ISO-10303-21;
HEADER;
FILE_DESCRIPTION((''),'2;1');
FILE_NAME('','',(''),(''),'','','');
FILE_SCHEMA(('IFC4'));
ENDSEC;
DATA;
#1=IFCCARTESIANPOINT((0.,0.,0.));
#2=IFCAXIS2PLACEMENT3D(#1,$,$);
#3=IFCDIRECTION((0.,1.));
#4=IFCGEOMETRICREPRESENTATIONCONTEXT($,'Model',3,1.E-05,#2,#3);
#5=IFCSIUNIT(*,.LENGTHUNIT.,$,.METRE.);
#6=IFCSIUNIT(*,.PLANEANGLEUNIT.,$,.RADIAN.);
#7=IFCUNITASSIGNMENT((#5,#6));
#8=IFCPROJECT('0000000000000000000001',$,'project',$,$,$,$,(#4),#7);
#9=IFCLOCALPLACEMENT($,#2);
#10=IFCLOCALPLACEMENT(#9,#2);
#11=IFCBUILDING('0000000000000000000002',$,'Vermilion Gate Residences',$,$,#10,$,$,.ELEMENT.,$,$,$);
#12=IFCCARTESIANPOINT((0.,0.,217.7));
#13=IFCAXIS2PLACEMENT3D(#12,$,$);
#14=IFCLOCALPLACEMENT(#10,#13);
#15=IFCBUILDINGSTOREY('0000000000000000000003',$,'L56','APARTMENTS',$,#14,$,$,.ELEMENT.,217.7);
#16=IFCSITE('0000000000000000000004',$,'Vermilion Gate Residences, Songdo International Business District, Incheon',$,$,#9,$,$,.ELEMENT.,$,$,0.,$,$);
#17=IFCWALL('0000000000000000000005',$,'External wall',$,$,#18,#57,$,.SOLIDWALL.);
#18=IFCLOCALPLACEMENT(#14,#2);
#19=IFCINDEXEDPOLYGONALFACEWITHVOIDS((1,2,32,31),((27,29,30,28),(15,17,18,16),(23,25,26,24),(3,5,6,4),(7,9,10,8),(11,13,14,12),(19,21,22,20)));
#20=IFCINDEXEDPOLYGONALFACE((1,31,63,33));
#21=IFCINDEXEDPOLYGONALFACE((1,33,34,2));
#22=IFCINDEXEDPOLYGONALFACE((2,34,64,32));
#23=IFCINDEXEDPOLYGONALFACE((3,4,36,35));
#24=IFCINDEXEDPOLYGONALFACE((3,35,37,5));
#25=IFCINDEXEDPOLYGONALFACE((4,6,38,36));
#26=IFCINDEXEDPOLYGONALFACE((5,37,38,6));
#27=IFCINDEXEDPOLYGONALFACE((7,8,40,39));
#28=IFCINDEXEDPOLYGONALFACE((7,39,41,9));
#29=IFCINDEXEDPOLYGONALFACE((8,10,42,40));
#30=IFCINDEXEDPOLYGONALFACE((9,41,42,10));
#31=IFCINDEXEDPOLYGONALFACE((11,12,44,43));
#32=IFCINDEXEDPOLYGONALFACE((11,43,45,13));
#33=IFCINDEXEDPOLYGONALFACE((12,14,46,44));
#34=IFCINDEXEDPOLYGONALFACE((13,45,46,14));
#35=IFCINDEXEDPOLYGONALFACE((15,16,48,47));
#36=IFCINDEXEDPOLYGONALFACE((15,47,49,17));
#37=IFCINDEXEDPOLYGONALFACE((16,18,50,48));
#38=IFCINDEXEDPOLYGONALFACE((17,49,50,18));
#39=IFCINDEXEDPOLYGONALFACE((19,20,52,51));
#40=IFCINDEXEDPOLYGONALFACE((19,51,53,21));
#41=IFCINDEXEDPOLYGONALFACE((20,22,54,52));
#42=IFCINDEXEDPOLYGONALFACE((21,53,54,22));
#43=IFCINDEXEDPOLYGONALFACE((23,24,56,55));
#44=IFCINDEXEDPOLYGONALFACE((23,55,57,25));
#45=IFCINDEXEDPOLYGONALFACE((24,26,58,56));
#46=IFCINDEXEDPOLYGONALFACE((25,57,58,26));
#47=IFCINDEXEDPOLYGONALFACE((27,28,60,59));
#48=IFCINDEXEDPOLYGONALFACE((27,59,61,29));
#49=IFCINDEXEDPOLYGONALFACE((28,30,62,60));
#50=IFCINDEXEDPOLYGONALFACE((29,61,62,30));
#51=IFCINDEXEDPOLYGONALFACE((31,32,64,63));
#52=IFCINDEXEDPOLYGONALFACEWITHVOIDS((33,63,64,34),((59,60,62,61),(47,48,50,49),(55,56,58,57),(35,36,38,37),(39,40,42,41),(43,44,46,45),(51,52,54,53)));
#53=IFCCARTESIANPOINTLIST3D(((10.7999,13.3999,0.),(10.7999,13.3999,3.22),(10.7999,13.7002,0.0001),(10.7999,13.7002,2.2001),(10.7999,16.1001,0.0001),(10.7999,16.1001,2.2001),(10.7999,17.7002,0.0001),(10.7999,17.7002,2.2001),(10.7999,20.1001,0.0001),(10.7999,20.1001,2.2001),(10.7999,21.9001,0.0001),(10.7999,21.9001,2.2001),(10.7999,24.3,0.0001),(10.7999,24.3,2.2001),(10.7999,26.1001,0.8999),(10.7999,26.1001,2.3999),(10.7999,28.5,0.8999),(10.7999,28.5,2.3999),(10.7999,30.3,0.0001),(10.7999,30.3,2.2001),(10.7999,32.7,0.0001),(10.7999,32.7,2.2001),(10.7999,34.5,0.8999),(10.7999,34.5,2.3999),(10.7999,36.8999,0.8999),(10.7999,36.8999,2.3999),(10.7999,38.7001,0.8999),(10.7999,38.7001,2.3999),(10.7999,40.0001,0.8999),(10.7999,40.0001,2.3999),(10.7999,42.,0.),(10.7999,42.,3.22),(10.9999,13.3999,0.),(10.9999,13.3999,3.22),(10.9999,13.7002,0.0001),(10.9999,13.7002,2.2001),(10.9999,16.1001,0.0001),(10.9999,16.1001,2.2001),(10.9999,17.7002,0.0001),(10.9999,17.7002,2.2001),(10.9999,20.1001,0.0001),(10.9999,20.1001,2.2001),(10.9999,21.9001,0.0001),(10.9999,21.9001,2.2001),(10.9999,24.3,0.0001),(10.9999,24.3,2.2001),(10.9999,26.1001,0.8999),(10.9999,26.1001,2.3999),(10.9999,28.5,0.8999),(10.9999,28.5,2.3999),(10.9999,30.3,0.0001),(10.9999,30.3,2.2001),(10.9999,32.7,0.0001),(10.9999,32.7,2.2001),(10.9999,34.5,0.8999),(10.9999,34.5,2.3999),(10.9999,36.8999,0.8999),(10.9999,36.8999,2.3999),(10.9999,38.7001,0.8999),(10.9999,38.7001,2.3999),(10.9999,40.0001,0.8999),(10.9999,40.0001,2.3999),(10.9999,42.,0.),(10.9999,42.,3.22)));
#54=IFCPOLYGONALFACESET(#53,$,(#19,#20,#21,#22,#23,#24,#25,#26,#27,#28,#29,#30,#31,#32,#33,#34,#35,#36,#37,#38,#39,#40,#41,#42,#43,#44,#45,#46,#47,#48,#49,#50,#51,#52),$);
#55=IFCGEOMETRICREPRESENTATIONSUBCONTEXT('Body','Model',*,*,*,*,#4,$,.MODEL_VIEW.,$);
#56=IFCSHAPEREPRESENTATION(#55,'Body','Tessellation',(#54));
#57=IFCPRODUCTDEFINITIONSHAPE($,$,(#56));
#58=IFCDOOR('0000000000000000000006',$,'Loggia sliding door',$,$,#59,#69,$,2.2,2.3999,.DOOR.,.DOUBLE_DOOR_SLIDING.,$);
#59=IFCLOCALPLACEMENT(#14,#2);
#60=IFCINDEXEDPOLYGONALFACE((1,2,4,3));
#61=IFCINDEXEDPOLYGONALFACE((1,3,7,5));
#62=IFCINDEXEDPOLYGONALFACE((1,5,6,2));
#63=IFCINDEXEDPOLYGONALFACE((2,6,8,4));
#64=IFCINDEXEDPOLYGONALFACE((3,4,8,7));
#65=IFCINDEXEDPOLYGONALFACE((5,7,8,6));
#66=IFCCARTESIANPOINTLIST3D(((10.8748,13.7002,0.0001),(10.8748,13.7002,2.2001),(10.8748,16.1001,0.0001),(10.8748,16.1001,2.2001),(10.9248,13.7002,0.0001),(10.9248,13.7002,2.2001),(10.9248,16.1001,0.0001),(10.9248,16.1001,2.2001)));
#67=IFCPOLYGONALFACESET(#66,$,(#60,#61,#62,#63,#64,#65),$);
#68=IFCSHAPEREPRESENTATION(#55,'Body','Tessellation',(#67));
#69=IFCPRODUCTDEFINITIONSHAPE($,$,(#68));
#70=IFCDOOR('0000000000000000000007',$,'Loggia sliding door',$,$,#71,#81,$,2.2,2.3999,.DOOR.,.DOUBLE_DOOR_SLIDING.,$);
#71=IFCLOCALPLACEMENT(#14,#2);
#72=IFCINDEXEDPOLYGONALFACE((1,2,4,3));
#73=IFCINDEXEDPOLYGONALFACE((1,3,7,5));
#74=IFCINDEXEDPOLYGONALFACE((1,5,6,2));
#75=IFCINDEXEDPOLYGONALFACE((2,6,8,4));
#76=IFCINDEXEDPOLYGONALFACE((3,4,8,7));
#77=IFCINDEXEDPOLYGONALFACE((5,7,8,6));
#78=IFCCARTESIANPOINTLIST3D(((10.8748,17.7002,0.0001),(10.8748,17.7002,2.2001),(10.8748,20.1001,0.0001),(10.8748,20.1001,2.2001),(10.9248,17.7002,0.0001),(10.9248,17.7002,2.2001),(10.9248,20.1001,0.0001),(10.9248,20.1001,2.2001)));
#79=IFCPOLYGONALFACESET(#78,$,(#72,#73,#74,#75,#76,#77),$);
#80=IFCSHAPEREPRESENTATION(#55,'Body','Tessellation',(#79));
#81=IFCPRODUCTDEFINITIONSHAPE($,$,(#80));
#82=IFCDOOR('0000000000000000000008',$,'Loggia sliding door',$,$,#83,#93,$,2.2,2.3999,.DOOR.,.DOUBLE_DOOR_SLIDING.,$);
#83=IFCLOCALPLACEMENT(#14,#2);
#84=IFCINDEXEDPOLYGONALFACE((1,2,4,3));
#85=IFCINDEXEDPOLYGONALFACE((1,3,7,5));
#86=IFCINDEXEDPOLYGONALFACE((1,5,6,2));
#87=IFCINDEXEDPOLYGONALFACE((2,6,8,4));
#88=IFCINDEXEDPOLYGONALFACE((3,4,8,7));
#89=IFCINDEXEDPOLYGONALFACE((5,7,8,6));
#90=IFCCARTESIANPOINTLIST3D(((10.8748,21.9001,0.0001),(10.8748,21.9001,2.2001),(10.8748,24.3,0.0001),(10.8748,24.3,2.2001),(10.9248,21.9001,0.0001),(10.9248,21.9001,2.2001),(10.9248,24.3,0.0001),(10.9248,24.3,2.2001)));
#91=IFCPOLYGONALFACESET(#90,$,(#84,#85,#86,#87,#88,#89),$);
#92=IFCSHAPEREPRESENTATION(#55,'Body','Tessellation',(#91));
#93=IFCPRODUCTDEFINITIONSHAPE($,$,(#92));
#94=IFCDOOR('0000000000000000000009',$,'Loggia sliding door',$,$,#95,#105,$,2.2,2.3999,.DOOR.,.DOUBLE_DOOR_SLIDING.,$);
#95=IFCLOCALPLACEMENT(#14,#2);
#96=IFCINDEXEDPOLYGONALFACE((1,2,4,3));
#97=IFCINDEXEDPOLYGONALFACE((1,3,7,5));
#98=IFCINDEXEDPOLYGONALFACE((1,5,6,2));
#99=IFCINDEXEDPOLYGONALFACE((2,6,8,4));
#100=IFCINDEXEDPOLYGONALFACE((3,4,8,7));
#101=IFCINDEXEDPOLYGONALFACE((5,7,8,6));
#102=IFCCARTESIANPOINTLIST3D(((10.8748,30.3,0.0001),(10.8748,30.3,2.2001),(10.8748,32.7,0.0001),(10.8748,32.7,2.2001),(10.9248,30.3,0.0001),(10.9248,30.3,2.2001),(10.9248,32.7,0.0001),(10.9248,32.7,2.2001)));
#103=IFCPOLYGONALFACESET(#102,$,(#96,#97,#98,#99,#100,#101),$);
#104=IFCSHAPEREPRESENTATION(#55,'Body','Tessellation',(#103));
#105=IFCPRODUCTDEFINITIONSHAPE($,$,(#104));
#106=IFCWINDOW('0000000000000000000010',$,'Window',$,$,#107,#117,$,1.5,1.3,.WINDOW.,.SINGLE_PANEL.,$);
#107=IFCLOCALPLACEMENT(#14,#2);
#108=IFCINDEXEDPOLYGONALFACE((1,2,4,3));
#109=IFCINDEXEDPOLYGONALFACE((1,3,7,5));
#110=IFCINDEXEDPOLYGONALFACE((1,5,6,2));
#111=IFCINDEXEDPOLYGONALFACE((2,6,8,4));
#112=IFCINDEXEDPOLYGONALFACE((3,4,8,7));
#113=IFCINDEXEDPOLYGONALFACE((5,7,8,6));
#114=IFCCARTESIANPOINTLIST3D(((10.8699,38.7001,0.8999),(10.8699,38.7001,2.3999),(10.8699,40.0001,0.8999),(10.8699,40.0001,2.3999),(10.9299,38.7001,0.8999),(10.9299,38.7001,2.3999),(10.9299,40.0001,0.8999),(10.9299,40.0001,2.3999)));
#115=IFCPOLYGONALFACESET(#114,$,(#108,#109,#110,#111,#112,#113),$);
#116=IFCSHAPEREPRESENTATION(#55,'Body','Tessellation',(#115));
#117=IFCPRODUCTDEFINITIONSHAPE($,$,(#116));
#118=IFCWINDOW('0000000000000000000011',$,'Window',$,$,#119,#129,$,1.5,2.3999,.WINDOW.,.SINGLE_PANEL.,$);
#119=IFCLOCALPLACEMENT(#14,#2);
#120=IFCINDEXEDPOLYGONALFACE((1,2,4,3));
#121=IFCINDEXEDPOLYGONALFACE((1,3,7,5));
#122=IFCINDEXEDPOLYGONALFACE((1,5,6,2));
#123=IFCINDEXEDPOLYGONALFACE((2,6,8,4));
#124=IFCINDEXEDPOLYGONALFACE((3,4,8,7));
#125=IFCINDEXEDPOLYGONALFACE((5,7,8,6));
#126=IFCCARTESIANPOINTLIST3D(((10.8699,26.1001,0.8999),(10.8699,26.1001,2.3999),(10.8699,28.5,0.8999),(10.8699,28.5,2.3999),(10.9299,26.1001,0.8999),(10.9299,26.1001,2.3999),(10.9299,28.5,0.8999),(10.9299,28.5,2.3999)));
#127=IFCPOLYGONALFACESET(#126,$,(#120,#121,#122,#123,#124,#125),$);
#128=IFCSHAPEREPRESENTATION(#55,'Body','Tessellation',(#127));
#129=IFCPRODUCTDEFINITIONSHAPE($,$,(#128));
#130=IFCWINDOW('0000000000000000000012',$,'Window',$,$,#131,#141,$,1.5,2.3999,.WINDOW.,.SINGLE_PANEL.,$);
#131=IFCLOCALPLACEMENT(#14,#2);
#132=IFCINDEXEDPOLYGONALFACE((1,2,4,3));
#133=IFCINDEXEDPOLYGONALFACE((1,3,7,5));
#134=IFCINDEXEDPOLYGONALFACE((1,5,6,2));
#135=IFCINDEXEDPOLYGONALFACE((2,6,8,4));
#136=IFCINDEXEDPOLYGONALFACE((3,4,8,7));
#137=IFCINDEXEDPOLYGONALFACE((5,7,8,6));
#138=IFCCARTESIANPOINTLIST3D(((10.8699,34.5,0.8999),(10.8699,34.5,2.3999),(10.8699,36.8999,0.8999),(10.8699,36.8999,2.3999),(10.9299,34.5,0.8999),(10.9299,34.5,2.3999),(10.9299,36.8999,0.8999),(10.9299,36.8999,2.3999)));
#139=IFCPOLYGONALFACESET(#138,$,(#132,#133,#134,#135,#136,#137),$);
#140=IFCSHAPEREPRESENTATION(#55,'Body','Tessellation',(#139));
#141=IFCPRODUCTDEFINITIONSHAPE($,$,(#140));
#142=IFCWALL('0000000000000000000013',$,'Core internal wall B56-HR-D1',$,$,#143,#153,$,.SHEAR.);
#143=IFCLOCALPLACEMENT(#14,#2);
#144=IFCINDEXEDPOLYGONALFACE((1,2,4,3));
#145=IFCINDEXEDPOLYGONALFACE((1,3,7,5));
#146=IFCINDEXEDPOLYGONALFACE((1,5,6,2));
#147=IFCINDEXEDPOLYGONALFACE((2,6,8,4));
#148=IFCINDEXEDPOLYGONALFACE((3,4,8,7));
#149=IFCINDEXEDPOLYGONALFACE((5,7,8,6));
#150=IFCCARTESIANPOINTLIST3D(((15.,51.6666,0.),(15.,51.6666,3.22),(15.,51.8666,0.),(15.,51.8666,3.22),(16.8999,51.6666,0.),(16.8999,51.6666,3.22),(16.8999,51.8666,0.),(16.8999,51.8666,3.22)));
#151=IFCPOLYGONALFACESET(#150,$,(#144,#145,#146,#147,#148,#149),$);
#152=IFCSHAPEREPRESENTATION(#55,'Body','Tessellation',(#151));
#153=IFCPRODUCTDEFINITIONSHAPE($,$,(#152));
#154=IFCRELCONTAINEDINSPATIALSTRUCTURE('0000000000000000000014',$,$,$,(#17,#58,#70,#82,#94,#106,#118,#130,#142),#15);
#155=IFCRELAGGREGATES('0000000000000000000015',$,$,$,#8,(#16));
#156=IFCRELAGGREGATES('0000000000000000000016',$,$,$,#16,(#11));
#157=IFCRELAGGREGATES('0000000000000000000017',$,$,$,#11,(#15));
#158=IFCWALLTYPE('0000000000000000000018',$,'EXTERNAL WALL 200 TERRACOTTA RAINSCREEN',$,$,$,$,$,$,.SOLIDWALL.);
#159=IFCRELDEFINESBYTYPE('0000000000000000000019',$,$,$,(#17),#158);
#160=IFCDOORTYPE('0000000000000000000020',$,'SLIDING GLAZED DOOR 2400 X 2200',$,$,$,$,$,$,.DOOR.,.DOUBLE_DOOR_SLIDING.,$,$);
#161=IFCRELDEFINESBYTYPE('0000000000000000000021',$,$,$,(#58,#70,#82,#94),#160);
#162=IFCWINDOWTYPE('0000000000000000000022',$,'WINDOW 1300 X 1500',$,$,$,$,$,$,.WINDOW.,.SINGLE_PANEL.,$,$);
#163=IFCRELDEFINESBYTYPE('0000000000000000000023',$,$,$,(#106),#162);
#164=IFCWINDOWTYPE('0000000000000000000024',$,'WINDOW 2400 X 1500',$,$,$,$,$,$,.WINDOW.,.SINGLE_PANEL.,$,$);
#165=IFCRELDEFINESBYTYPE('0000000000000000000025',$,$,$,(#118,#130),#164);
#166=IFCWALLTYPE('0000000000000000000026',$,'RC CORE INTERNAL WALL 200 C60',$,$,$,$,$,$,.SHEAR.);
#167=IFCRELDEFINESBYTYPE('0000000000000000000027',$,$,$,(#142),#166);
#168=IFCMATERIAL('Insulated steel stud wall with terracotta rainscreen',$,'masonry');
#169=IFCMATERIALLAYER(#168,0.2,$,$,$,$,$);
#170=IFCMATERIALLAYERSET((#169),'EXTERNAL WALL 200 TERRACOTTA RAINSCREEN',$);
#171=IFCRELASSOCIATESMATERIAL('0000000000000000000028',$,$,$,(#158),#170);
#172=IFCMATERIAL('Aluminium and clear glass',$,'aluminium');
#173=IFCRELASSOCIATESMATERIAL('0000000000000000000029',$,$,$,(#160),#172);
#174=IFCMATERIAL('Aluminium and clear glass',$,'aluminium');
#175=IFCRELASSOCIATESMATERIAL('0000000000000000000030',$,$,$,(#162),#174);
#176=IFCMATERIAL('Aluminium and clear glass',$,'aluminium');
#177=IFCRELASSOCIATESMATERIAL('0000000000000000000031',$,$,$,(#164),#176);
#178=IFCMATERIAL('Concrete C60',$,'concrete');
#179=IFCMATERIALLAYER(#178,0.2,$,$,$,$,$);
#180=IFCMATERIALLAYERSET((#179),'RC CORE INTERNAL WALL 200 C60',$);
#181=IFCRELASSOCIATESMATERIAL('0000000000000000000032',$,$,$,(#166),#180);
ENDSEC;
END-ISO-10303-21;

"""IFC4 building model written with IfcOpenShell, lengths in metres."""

from ifc_helpers import new_model, si_unit, direction, frame, frame_2d, origin, place, context, subcontext, project, spatial, rectangle, extrude, material, layer, layer_set, type_object, element, fill, save


model = new_model("IFC4")

# Units and contexts
model_context = context("Model", 3, precision=1e-05, world=origin(), true_north=direction((0.0, 1.0)))
body_context = subcontext(model_context, "Body", "Model", "MODEL_VIEW")
ifc_project = project(units=[si_unit("LENGTHUNIT", "METRE"), si_unit("PLANEANGLEUNIT", "RADIAN")], contexts=[model_context])

# Site, building, storey
site_placement = place(None, origin())
site = spatial("IfcSite", under=ifc_project, at=site_placement, Name="Vermilion Gate Residences, Songdo International Business District, Incheon", CompositionType="ELEMENT", RefElevation=0.0)
building_placement = place(site_placement, origin())
building = spatial("IfcBuilding", under=site, at=building_placement, Name="Vermilion Gate Residences", CompositionType="ELEMENT")
storey_placement = place(building_placement, frame((0.0, 0.0, 217.7)))
storey = spatial("IfcBuildingStorey", under=building, at=storey_placement, Name="L56", Description="APARTMENTS", CompositionType="ELEMENT", Elevation=217.7)

# Wall, openings, doors, windows
ifc_material_1 = material(Name="Insulated steel stud wall with terracotta rainscreen", Category="masonry")
ifc_layer_1 = layer(ifc_material_1, 0.2)
ifc_layer_set_1 = layer_set([ifc_layer_1], Name="EXTERNAL WALL 200 TERRACOTTA RAINSCREEN")
wall_type_1 = type_object("IfcWallType", Name="EXTERNAL WALL 200 TERRACOTTA RAINSCREEN", PredefinedType="SOLIDWALL", material=ifc_layer_set_1)
wall_1_placement = place(storey_placement, frame((10.8999, 42.0, 0.0), z_axis=(0.0, 0.0, 1.0), x_axis=(0.0, -1.0, 0.0)))
wall_1 = element("IfcWall", 1, at=wall_1_placement, inside=storey, type_object=wall_type_1, Name="External wall", PredefinedType="SOLIDWALL", context=body_context, shape_type="SweptSolid", body=[
    extrude(rectangle(XDim=28.6001, YDim=0.2, at=frame_2d((14.3, 0.0))), origin(), (0.0, 0.0, 1.0), 3.22),
])
opening_1_placement = place(wall_1_placement, frame((25.8999, 0.0, 0.0)))
opening_1 = element("IfcOpeningElement", 2, at=opening_1_placement, cuts=wall_1, PredefinedType="OPENING", context=body_context, shape_type="SweptSolid", body=[
    extrude(rectangle(XDim=2.3999, YDim=2.2, at=frame_2d((1.2, 1.1001))), frame((0.0, 0.1099, 0.0), z_axis=(0.0, -1.0, 0.0), x_axis=(1.0, 0.0, 0.0)), (0.0, 0.0, 1.0), 0.22),
])
opening_2_placement = place(wall_1_placement, frame((21.8999, 0.0, 0.0)))
opening_2 = element("IfcOpeningElement", 3, at=opening_2_placement, cuts=wall_1, PredefinedType="OPENING", context=body_context, shape_type="SweptSolid", body=[
    extrude(rectangle(XDim=2.3999, YDim=2.2, at=frame_2d((1.2, 1.1001))), frame((0.0, 0.1099, 0.0), z_axis=(0.0, -1.0, 0.0), x_axis=(1.0, 0.0, 0.0)), (0.0, 0.0, 1.0), 0.22),
])
opening_3_placement = place(wall_1_placement, frame((17.7, 0.0, 0.0)))
opening_3 = element("IfcOpeningElement", 4, at=opening_3_placement, cuts=wall_1, PredefinedType="OPENING", context=body_context, shape_type="SweptSolid", body=[
    extrude(rectangle(XDim=2.3999, YDim=2.2, at=frame_2d((1.2, 1.1001))), frame((0.0, 0.1099, 0.0), z_axis=(0.0, -1.0, 0.0), x_axis=(1.0, 0.0, 0.0)), (0.0, 0.0, 1.0), 0.22),
])
opening_4_placement = place(wall_1_placement, frame((13.5, 0.0, 0.8999)))
opening_4 = element("IfcOpeningElement", 5, at=opening_4_placement, cuts=wall_1, PredefinedType="OPENING", context=body_context, shape_type="SweptSolid", body=[
    extrude(rectangle(XDim=2.3999, YDim=1.5, at=frame_2d((1.2, 0.75))), frame((0.0, 0.1099, 0.0), z_axis=(0.0, -1.0, 0.0), x_axis=(1.0, 0.0, 0.0)), (0.0, 0.0, 1.0), 0.22),
])
opening_5_placement = place(wall_1_placement, frame((9.3, 0.0, 0.0)))
opening_5 = element("IfcOpeningElement", 6, at=opening_5_placement, cuts=wall_1, PredefinedType="OPENING", context=body_context, shape_type="SweptSolid", body=[
    extrude(rectangle(XDim=2.3999, YDim=2.2, at=frame_2d((1.2, 1.1001))), frame((0.0, 0.1099, 0.0), z_axis=(0.0, -1.0, 0.0), x_axis=(1.0, 0.0, 0.0)), (0.0, 0.0, 1.0), 0.22),
])
opening_6_placement = place(wall_1_placement, frame((5.1001, 0.0, 0.8999)))
opening_6 = element("IfcOpeningElement", 7, at=opening_6_placement, cuts=wall_1, PredefinedType="OPENING", context=body_context, shape_type="SweptSolid", body=[
    extrude(rectangle(XDim=2.3999, YDim=1.5, at=frame_2d((1.2, 0.75))), frame((0.0, 0.1099, 0.0), z_axis=(0.0, -1.0, 0.0), x_axis=(1.0, 0.0, 0.0)), (0.0, 0.0, 1.0), 0.22),
])
opening_7_placement = place(wall_1_placement, frame((2.0, 0.0, 0.8999)))
opening_7 = element("IfcOpeningElement", 8, at=opening_7_placement, cuts=wall_1, PredefinedType="OPENING", context=body_context, shape_type="SweptSolid", body=[
    extrude(rectangle(XDim=1.3, YDim=1.5, at=frame_2d((0.6499, 0.75))), frame((0.0, 0.1099, 0.0), z_axis=(0.0, -1.0, 0.0), x_axis=(1.0, 0.0, 0.0)), (0.0, 0.0, 1.0), 0.22),
])
ifc_material_2 = material(Name="Aluminium and clear glass", Category="aluminium")
door_type_1 = type_object("IfcDoorType", Name="SLIDING GLAZED DOOR 2400 X 2200", OperationType="DOUBLE_DOOR_SLIDING", PredefinedType="DOOR", material=ifc_material_2)
door_1_placement = place(opening_1_placement, origin())
door_1 = element("IfcDoor", 9, at=door_1_placement, inside=storey, type_object=door_type_1, Name="Loggia sliding door", OperationType="DOUBLE_DOOR_SLIDING", OverallHeight=2.2, OverallWidth=2.3999, PredefinedType="DOOR", context=body_context, shape_type="SweptSolid", body=[
    extrude(rectangle(XDim=2.3999, YDim=2.2, at=frame_2d((1.2, 1.1001))), frame((0.0, 0.0249, 0.0), z_axis=(0.0, -1.0, 0.0), x_axis=(1.0, 0.0, 0.0)), (0.0, 0.0, 1.0), 0.05),
])
fill(opening_1, door_1)
door_2_placement = place(opening_2_placement, origin())
door_2 = element("IfcDoor", 10, at=door_2_placement, inside=storey, type_object=door_type_1, Name="Loggia sliding door", OperationType="DOUBLE_DOOR_SLIDING", OverallHeight=2.2, OverallWidth=2.3999, PredefinedType="DOOR", context=body_context, shape_type="SweptSolid", body=[
    extrude(rectangle(XDim=2.3999, YDim=2.2, at=frame_2d((1.2, 1.1001))), frame((0.0, 0.0249, 0.0), z_axis=(0.0, -1.0, 0.0), x_axis=(1.0, 0.0, 0.0)), (0.0, 0.0, 1.0), 0.05),
])
fill(opening_2, door_2)
door_3_placement = place(opening_3_placement, origin())
door_3 = element("IfcDoor", 11, at=door_3_placement, inside=storey, type_object=door_type_1, Name="Loggia sliding door", OperationType="DOUBLE_DOOR_SLIDING", OverallHeight=2.2, OverallWidth=2.3999, PredefinedType="DOOR", context=body_context, shape_type="SweptSolid", body=[
    extrude(rectangle(XDim=2.3999, YDim=2.2, at=frame_2d((1.2, 1.1001))), frame((0.0, 0.0249, 0.0), z_axis=(0.0, -1.0, 0.0), x_axis=(1.0, 0.0, 0.0)), (0.0, 0.0, 1.0), 0.05),
])
fill(opening_3, door_3)
door_4_placement = place(opening_5_placement, origin())
door_4 = element("IfcDoor", 12, at=door_4_placement, inside=storey, type_object=door_type_1, Name="Loggia sliding door", OperationType="DOUBLE_DOOR_SLIDING", OverallHeight=2.2, OverallWidth=2.3999, PredefinedType="DOOR", context=body_context, shape_type="SweptSolid", body=[
    extrude(rectangle(XDim=2.3999, YDim=2.2, at=frame_2d((1.2, 1.1001))), frame((0.0, 0.0249, 0.0), z_axis=(0.0, -1.0, 0.0), x_axis=(1.0, 0.0, 0.0)), (0.0, 0.0, 1.0), 0.05),
])
fill(opening_5, door_4)
ifc_material_3 = material(Name="Aluminium and clear glass", Category="aluminium")
window_type_1 = type_object("IfcWindowType", Name="WINDOW 1300 X 1500", PartitioningType="SINGLE_PANEL", PredefinedType="WINDOW", material=ifc_material_3)
window_1_placement = place(opening_7_placement, origin())
window_1 = element("IfcWindow", 13, at=window_1_placement, inside=storey, type_object=window_type_1, Name="Window", OverallHeight=1.5, OverallWidth=1.3, PartitioningType="SINGLE_PANEL", PredefinedType="WINDOW", context=body_context, shape_type="SweptSolid", body=[
    extrude(rectangle(XDim=1.3, YDim=1.5, at=frame_2d((0.6499, 0.75))), frame((0.0, 0.03, 0.0), z_axis=(0.0, -1.0, 0.0), x_axis=(1.0, 0.0, 0.0)), (0.0, 0.0, 1.0), 0.0601),
])
fill(opening_7, window_1)
ifc_material_4 = material(Name="Aluminium and clear glass", Category="aluminium")
window_type_2 = type_object("IfcWindowType", Name="WINDOW 2400 X 1500", PartitioningType="SINGLE_PANEL", PredefinedType="WINDOW", material=ifc_material_4)
window_2_placement = place(opening_4_placement, origin())
window_2 = element("IfcWindow", 14, at=window_2_placement, inside=storey, type_object=window_type_2, Name="Window", OverallHeight=1.5, OverallWidth=2.3999, PartitioningType="SINGLE_PANEL", PredefinedType="WINDOW", context=body_context, shape_type="SweptSolid", body=[
    extrude(rectangle(XDim=2.3999, YDim=1.5, at=frame_2d((1.2, 0.75))), frame((0.0, 0.03, 0.0), z_axis=(0.0, -1.0, 0.0), x_axis=(1.0, 0.0, 0.0)), (0.0, 0.0, 1.0), 0.0601),
])
fill(opening_4, window_2)
window_3_placement = place(opening_6_placement, origin())
window_3 = element("IfcWindow", 15, at=window_3_placement, inside=storey, type_object=window_type_2, Name="Window", OverallHeight=1.5, OverallWidth=2.3999, PartitioningType="SINGLE_PANEL", PredefinedType="WINDOW", context=body_context, shape_type="SweptSolid", body=[
    extrude(rectangle(XDim=2.3999, YDim=1.5, at=frame_2d((1.2, 0.75))), frame((0.0, 0.03, 0.0), z_axis=(0.0, -1.0, 0.0), x_axis=(1.0, 0.0, 0.0)), (0.0, 0.0, 1.0), 0.0601),
])
fill(opening_6, window_3)

# Wall
ifc_material_5 = material(Name="Concrete C60", Category="concrete")
ifc_layer_2 = layer(ifc_material_5, 0.2)
ifc_layer_set_2 = layer_set([ifc_layer_2], Name="RC CORE INTERNAL WALL 200 C60")
wall_type_2 = type_object("IfcWallType", Name="RC CORE INTERNAL WALL 200 C60", PredefinedType="SHEAR", material=ifc_layer_set_2)
for number, where, z_axis, x_axis, name in (
    (16, (15.0, 51.7666, 0.0), (0.0, 0.0, 1.0), (1.0, 0.0, 0.0), "Core internal wall B56-HR-D1"),
):
    element("IfcWall", number, at=place(storey_placement, frame(where, z_axis=z_axis, x_axis=x_axis)), inside=storey, type_object=wall_type_2, Name=name, PredefinedType="SHEAR", context=body_context, shape_type="SweptSolid", body=[
        extrude(rectangle(XDim=1.8999, YDim=0.2, at=frame_2d((0.95, 0.0))), origin(), (0.0, 0.0, 1.0), 3.22),
    ])

save(model, "model.ifc")
